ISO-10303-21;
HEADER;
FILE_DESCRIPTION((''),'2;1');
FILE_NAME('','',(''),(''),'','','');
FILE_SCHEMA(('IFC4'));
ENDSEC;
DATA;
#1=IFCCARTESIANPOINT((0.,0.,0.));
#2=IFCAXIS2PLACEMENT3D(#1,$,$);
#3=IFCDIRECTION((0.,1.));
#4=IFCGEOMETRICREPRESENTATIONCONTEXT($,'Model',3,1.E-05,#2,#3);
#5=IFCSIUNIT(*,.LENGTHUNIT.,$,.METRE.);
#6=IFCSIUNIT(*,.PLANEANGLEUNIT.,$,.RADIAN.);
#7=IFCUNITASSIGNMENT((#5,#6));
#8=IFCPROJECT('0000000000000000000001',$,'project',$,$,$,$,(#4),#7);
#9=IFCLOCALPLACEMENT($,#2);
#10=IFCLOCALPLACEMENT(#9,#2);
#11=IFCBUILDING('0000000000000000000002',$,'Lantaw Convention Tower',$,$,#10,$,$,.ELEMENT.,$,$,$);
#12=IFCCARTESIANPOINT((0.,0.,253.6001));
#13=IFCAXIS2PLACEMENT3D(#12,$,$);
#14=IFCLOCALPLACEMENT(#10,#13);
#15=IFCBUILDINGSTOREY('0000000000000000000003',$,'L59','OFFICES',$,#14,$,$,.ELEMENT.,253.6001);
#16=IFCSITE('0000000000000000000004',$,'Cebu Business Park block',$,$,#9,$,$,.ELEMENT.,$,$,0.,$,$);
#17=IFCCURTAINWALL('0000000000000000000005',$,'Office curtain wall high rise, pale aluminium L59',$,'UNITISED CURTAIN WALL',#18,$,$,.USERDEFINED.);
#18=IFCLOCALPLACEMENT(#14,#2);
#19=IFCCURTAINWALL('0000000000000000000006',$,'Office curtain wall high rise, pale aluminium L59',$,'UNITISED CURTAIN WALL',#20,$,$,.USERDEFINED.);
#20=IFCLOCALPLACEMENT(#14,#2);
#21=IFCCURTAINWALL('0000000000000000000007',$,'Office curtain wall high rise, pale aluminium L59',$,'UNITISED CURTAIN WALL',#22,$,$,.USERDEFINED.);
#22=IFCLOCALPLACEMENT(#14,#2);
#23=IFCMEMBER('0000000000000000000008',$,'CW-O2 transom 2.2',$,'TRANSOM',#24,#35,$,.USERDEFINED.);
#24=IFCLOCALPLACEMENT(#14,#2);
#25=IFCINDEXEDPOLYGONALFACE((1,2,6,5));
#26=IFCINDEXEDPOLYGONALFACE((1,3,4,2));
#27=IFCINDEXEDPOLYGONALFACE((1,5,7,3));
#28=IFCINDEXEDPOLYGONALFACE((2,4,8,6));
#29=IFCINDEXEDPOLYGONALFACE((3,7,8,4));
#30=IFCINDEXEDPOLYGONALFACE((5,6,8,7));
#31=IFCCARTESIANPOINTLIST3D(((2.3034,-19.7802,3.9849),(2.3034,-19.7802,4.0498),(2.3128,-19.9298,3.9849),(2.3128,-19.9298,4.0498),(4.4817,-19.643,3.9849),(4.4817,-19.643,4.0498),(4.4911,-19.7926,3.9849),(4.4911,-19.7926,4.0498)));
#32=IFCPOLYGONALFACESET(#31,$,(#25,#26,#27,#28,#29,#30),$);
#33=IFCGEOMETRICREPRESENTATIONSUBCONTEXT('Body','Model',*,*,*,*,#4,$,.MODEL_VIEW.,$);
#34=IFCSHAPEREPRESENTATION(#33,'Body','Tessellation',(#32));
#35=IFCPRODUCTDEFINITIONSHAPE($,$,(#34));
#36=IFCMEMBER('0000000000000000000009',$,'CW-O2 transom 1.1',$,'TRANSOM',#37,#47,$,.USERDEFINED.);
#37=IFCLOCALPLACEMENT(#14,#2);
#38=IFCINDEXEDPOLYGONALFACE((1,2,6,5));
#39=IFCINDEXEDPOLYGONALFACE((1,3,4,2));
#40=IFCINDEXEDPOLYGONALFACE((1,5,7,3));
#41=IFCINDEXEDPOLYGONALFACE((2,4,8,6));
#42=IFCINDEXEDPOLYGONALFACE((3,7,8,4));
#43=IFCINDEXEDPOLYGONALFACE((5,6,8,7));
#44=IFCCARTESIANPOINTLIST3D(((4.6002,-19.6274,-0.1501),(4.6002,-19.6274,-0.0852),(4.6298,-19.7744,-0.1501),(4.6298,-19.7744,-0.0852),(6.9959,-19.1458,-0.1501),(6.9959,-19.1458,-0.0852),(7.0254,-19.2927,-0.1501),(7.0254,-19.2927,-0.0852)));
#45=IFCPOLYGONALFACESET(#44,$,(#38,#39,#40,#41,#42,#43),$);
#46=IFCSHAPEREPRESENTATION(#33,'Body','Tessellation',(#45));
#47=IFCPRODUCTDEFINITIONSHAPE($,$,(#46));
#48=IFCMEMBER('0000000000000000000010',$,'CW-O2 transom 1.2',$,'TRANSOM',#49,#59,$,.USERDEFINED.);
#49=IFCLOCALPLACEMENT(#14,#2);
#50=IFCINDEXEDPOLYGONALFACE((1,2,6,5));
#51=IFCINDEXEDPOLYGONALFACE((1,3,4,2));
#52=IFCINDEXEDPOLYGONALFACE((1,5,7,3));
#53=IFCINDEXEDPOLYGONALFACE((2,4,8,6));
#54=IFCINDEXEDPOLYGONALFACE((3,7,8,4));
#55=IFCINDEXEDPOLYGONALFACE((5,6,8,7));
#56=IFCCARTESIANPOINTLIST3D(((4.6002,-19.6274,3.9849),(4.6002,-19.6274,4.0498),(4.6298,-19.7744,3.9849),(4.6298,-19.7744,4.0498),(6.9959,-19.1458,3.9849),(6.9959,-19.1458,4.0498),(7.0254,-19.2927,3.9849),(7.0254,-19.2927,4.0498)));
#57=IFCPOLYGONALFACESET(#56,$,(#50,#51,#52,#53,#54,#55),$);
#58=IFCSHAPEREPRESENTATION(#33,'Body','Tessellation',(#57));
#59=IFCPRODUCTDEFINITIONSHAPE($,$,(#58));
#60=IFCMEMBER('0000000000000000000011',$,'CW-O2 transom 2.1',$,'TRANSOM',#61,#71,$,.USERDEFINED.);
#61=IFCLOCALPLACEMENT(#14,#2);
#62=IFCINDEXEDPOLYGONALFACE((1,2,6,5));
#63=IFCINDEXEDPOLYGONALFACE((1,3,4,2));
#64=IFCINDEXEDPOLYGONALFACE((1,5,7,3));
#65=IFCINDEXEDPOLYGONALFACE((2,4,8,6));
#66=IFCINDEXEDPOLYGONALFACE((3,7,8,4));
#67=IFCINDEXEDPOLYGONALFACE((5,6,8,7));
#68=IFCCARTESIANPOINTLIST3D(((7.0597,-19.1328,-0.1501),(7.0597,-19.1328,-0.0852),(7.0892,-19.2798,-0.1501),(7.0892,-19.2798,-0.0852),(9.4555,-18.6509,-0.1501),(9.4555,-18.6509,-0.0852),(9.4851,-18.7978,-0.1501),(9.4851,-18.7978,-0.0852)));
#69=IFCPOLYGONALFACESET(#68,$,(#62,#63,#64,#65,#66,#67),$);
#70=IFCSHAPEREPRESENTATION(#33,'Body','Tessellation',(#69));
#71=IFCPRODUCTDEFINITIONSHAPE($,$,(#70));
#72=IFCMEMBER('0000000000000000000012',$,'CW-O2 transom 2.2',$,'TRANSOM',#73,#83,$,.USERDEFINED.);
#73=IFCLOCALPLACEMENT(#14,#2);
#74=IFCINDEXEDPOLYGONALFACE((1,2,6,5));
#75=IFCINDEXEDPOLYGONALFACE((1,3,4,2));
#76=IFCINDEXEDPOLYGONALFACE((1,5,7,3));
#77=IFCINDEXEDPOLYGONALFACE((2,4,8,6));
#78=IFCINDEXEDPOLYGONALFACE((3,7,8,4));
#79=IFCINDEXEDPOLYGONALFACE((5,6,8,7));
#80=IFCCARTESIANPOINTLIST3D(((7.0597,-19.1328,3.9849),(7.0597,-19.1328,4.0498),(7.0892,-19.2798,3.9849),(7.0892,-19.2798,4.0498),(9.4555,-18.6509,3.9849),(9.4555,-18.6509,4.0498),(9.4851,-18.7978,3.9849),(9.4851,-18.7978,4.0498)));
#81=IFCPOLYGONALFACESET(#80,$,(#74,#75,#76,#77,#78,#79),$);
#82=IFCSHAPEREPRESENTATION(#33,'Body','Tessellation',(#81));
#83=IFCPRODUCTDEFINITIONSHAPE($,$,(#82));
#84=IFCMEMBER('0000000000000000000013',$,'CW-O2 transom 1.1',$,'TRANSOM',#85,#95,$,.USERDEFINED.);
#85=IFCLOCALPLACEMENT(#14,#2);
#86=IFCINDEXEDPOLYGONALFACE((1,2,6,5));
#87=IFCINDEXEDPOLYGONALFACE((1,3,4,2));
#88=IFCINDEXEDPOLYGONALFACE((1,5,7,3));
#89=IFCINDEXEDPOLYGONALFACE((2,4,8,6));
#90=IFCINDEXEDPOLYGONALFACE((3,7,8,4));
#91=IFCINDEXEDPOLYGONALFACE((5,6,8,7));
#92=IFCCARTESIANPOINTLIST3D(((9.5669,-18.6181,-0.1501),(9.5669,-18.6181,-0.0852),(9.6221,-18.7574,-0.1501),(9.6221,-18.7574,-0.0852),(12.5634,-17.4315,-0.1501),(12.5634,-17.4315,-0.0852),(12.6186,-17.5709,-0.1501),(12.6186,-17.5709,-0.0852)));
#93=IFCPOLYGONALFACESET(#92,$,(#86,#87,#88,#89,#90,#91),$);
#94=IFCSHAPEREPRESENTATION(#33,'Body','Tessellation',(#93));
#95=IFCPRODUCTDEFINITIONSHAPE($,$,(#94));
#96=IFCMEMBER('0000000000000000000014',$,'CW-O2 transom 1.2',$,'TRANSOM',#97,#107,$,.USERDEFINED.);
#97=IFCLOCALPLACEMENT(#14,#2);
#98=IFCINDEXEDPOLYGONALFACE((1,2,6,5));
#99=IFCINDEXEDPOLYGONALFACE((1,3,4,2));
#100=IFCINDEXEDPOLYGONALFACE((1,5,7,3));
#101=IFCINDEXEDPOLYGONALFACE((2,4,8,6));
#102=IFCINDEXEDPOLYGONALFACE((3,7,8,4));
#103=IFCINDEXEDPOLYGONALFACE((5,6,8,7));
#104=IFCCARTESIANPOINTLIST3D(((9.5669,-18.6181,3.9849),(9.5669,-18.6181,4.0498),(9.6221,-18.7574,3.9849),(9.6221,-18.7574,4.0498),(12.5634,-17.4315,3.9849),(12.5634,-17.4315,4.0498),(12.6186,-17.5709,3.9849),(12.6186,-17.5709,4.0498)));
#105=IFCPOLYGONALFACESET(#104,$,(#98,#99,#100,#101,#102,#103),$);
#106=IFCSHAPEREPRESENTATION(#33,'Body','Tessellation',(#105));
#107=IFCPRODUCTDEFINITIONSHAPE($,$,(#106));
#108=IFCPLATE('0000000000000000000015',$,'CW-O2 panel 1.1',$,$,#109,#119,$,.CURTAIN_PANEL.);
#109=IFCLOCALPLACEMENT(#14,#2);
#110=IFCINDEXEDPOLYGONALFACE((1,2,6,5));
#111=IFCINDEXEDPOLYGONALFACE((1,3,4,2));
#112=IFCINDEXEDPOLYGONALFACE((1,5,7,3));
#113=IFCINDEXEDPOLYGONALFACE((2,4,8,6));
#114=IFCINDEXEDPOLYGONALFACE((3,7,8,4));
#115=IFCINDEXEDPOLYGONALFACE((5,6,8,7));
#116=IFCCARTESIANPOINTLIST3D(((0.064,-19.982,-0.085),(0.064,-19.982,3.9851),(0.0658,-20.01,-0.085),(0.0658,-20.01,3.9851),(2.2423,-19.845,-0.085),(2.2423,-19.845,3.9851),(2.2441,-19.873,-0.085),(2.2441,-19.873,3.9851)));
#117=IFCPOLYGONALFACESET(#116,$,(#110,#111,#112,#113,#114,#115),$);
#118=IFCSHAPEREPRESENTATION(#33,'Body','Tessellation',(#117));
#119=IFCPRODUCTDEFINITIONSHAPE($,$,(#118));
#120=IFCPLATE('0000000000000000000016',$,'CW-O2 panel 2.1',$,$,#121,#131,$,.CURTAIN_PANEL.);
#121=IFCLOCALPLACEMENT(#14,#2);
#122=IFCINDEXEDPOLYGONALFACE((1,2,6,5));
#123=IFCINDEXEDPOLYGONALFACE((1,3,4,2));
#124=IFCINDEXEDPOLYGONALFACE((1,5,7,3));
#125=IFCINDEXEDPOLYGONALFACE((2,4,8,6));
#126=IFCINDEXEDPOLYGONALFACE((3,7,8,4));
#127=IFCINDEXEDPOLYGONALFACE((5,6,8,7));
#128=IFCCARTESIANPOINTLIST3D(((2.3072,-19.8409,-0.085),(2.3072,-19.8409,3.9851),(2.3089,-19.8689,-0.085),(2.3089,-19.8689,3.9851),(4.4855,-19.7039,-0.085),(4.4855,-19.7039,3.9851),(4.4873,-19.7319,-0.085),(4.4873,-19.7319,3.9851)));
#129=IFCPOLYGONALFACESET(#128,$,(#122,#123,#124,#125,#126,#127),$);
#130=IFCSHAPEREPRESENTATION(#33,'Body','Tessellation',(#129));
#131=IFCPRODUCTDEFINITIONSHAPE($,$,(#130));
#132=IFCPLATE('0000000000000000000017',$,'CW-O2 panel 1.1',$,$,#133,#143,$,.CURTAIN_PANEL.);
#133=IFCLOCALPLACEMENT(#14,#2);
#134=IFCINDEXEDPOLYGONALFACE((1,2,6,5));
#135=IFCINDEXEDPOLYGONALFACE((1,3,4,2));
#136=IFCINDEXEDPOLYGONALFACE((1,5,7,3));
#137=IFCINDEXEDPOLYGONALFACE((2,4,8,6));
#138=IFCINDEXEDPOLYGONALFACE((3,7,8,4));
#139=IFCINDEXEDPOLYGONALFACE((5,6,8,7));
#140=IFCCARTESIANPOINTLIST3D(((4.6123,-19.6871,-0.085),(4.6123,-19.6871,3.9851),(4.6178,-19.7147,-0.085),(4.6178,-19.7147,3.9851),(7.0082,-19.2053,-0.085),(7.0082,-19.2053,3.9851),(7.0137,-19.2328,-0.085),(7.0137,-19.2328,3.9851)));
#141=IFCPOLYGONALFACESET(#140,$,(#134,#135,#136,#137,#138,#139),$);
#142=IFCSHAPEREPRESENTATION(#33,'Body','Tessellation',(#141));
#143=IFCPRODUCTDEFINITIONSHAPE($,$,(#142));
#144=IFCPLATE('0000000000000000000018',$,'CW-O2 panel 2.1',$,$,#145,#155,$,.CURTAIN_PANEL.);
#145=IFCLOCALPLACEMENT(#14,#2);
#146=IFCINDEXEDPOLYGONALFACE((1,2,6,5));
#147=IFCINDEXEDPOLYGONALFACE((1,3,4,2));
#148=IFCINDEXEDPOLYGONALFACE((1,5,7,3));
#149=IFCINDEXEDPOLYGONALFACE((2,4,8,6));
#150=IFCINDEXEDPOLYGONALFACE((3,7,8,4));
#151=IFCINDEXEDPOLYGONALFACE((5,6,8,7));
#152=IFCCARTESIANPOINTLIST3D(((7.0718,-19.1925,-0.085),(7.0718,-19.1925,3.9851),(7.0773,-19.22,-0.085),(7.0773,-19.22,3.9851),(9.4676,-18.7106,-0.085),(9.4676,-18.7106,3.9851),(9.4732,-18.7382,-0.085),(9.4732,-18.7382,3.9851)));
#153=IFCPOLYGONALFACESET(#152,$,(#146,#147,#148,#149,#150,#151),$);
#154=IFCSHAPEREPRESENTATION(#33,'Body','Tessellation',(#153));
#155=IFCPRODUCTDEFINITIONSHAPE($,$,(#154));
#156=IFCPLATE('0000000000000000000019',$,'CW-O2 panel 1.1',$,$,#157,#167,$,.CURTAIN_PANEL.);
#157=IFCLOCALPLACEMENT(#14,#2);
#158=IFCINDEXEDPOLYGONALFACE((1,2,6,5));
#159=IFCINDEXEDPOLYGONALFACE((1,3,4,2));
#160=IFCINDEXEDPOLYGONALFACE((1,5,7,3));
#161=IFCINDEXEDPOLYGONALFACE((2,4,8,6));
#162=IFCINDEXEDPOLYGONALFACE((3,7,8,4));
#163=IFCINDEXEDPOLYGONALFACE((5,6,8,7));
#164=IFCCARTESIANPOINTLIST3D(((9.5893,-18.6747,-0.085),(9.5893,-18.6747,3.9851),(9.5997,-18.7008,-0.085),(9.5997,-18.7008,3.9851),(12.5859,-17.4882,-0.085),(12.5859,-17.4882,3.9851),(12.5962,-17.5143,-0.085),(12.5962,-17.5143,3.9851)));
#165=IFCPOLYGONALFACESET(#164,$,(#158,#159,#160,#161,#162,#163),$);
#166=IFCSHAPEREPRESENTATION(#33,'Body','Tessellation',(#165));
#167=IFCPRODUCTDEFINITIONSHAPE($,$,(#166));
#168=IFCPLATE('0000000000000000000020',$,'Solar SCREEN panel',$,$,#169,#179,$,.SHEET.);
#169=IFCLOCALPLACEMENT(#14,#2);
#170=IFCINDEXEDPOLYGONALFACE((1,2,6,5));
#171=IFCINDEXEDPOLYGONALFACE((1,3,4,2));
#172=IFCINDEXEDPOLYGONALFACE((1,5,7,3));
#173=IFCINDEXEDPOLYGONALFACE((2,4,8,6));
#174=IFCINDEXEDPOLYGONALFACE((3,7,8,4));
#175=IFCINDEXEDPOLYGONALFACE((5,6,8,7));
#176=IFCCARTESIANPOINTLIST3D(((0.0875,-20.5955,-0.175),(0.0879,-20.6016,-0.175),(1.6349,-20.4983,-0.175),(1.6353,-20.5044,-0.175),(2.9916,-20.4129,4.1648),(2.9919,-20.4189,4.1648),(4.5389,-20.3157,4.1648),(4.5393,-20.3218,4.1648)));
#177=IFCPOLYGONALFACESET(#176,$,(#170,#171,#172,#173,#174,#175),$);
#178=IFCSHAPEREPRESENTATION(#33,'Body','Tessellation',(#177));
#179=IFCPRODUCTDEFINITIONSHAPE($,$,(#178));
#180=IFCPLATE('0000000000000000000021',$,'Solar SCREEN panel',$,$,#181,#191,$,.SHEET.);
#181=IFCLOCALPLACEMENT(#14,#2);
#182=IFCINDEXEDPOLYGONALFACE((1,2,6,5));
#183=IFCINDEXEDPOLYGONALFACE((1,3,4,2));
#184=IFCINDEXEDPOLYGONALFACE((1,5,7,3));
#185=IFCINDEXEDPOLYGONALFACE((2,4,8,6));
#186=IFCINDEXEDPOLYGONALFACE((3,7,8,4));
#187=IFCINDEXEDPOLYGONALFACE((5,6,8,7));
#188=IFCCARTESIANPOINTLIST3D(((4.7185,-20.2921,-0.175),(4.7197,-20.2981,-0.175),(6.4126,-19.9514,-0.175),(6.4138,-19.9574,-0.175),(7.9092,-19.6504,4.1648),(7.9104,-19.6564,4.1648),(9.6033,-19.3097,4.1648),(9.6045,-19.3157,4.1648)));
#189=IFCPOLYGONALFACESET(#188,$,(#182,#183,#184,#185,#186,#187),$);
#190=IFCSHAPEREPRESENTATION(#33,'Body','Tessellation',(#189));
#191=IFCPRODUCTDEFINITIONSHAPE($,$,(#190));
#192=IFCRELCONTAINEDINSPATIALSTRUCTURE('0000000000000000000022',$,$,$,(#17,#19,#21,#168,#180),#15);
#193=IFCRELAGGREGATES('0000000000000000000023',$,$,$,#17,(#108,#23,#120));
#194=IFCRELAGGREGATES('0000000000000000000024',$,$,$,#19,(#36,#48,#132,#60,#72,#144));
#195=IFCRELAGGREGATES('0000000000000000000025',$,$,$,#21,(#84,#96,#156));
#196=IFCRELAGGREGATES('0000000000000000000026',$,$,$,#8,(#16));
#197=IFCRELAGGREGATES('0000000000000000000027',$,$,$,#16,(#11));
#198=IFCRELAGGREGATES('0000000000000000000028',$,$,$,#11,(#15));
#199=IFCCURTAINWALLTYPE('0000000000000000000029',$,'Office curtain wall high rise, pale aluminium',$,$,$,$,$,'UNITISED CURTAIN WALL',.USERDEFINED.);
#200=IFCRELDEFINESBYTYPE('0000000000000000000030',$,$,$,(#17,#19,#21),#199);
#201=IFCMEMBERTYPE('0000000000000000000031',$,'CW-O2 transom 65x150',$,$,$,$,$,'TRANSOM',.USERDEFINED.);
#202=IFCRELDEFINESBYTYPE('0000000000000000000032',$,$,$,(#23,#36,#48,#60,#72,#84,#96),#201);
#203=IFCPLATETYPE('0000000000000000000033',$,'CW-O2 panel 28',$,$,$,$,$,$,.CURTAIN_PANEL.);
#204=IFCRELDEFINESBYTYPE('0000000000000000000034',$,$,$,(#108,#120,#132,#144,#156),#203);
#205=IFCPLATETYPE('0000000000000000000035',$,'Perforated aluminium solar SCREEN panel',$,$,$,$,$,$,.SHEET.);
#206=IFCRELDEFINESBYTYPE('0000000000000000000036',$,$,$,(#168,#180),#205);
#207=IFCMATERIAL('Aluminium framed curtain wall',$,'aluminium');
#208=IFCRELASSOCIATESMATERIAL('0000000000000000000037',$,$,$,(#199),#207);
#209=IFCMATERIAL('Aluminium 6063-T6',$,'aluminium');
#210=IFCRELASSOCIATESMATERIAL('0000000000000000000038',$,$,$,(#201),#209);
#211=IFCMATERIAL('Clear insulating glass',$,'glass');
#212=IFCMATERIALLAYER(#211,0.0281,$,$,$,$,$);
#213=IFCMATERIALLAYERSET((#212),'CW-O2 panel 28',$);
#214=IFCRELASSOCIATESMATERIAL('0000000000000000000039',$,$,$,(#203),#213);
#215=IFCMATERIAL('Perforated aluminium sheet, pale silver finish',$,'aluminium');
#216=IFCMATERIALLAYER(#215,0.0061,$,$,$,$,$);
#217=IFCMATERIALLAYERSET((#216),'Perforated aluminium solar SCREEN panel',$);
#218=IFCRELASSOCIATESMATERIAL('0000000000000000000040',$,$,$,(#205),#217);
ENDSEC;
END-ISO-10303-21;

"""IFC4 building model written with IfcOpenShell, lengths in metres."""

from ifc_helpers import new_model, si_unit, direction, frame, origin, origin_2d, place, context, subcontext, project, spatial, polyline, rectangle, outline, extrude, material, layer, layer_set, material_profile, profile_set, type_object, element, aggregate, save


model = new_model("IFC4")

# Units and contexts
model_context = context("Model", 3, precision=1e-05, world=origin(), true_north=direction((0.0, 1.0)))
body_context = subcontext(model_context, "Body", "Model", "MODEL_VIEW")
ifc_project = project(units=[si_unit("LENGTHUNIT", "METRE"), si_unit("PLANEANGLEUNIT", "RADIAN")], contexts=[model_context])

# Site, building, storey
site_placement = place(None, origin())
site = spatial("IfcSite", under=ifc_project, at=site_placement, Name="Cebu Business Park block", CompositionType="ELEMENT", RefElevation=0.0)
building_placement = place(site_placement, origin())
building = spatial("IfcBuilding", under=site, at=building_placement, Name="Lantaw Convention Tower", CompositionType="ELEMENT")
storey_placement = place(building_placement, frame((0.0, 0.0, 253.6001)))
storey = spatial("IfcBuildingStorey", under=building, at=storey_placement, Name="L59", Description="OFFICES", CompositionType="ELEMENT", Elevation=253.6001)

# Curtain walls
ifc_material_1 = material(Name="Aluminium framed curtain wall", Category="aluminium")
curtain_wall_type = type_object("IfcCurtainWallType", Name="Office curtain wall high rise, pale aluminium", ElementType="UNITISED CURTAIN WALL", PredefinedType="USERDEFINED", material=ifc_material_1)
curtain_wall_1_placement = place(storey_placement, origin())
curtain_wall_1 = element("IfcCurtainWall", 1, at=curtain_wall_1_placement, inside=storey, type_object=curtain_wall_type, Name="Office curtain wall high rise, pale aluminium L59", ObjectType="UNITISED CURTAIN WALL", PredefinedType="USERDEFINED")
ifc_material_2 = material(Name="Aluminium 6063-T6", Category="aluminium")
curtain_wall_2_placement = place(storey_placement, origin())
curtain_wall_2 = element("IfcCurtainWall", 2, at=curtain_wall_2_placement, inside=storey, type_object=curtain_wall_type, Name="Office curtain wall high rise, pale aluminium L59", ObjectType="UNITISED CURTAIN WALL", PredefinedType="USERDEFINED")
curtain_wall_3_placement = place(storey_placement, origin())
curtain_wall_3 = element("IfcCurtainWall", 3, at=curtain_wall_3_placement, inside=storey, type_object=curtain_wall_type, Name="Office curtain wall high rise, pale aluminium L59", ObjectType="UNITISED CURTAIN WALL", PredefinedType="USERDEFINED")

# Members
ifc_material_profile_1 = material_profile(ifc_material_2, rectangle(XDim=0.1499, YDim=0.0649, at=origin_2d()), Name="CW-O2 transom 65x150")
ifc_profile_set_1 = profile_set([ifc_material_profile_1], Name="Aluminium 6063-T6")
member_type_1 = type_object("IfcMemberType", Name="CW-O2 transom 65x150", ElementType="TRANSOM", PredefinedType="USERDEFINED", material=ifc_profile_set_1)
member_1_placement = place(storey_placement, frame((2.3081, -19.855, 4.0173), z_axis=(0.998022, 0.062866, 0.0), x_axis=(-0.062866, 0.998022, 0.0)))
member_1 = element("IfcMember", 4, at=member_1_placement, type_object=member_type_1, Name="CW-O2 transom 2.2", ObjectType="TRANSOM", PredefinedType="USERDEFINED", context=body_context, shape_type="SweptSolid", body=[
    extrude(rectangle(XDim=0.1499, YDim=0.0649, at=origin_2d()), origin(), (0.0, 0.0, 1.0), 2.1826),
])
member_2_placement = place(storey_placement, frame((4.615, -19.7009, -0.1177), z_axis=(0.98038, 0.197115, 0.0), x_axis=(-0.197115, 0.98038, 0.0)))
member_2 = element("IfcMember", 5, at=member_2_placement, type_object=member_type_1, Name="CW-O2 transom 1.1", ObjectType="TRANSOM", PredefinedType="USERDEFINED", context=body_context, shape_type="SweptSolid", body=[
    extrude(rectangle(XDim=0.1499, YDim=0.0649, at=origin_2d()), origin(), (0.0, 0.0, 1.0), 2.4436),
])
member_3_placement = place(storey_placement, frame((4.615, -19.7009, 4.0173), z_axis=(0.98038, 0.197115, 0.0), x_axis=(-0.197115, 0.98038, 0.0)))
member_3 = element("IfcMember", 6, at=member_3_placement, type_object=member_type_1, Name="CW-O2 transom 1.2", ObjectType="TRANSOM", PredefinedType="USERDEFINED", context=body_context, shape_type="SweptSolid", body=[
    extrude(rectangle(XDim=0.1499, YDim=0.0649, at=origin_2d()), origin(), (0.0, 0.0, 1.0), 2.4436),
])
member_4_placement = place(storey_placement, frame((7.0745, -19.2063, -0.1177), z_axis=(0.980361, 0.197211, 0.0), x_axis=(-0.197211, 0.980361, 0.0)))
member_4 = element("IfcMember", 7, at=member_4_placement, type_object=member_type_1, Name="CW-O2 transom 2.1", ObjectType="TRANSOM", PredefinedType="USERDEFINED", context=body_context, shape_type="SweptSolid", body=[
    extrude(rectangle(XDim=0.1499, YDim=0.0649, at=origin_2d()), origin(), (0.0, 0.0, 1.0), 2.4438),
])
member_5_placement = place(storey_placement, frame((7.0745, -19.2063, 4.0173), z_axis=(0.980361, 0.197211, 0.0), x_axis=(-0.197211, 0.980361, 0.0)))
member_5 = element("IfcMember", 8, at=member_5_placement, type_object=member_type_1, Name="CW-O2 transom 2.2", ObjectType="TRANSOM", PredefinedType="USERDEFINED", context=body_context, shape_type="SweptSolid", body=[
    extrude(rectangle(XDim=0.1499, YDim=0.0649, at=origin_2d()), origin(), (0.0, 0.0, 1.0), 2.4438),
])
member_6_placement = place(storey_placement, frame((9.5945, -18.6877, -0.1177), z_axis=(0.929767, 0.368149, 0.0), x_axis=(-0.368149, 0.929767, 0.0)))
member_6 = element("IfcMember", 9, at=member_6_placement, type_object=member_type_1, Name="CW-O2 transom 1.1", ObjectType="TRANSOM", PredefinedType="USERDEFINED", context=body_context, shape_type="SweptSolid", body=[
    extrude(rectangle(XDim=0.1499, YDim=0.0649, at=origin_2d()), origin(), (0.0, 0.0, 1.0), 3.2229),
])
member_7_placement = place(storey_placement, frame((9.5945, -18.6877, 4.0173), z_axis=(0.929767, 0.368149, 0.0), x_axis=(-0.368149, 0.929767, 0.0)))
member_7 = element("IfcMember", 10, at=member_7_placement, type_object=member_type_1, Name="CW-O2 transom 1.2", ObjectType="TRANSOM", PredefinedType="USERDEFINED", context=body_context, shape_type="SweptSolid", body=[
    extrude(rectangle(XDim=0.1499, YDim=0.0649, at=origin_2d()), origin(), (0.0, 0.0, 1.0), 3.2229),
])

# Plates
ifc_material_3 = material(Name="Clear insulating glass", Category="glass")
ifc_layer_1 = layer(ifc_material_3, 0.0281)
ifc_layer_set_1 = layer_set([ifc_layer_1], Name="CW-O2 panel 28")
plate_type_1 = type_object("IfcPlateType", Name="CW-O2 panel 28", PredefinedType="CURTAIN_PANEL", material=ifc_layer_set_1)
plate_1_placement = place(storey_placement, frame((1.1541, -19.9275, -0.085), z_axis=(0.0, 0.0, 1.0), x_axis=(0.998029, 0.062758, 0.0)))
plate_1 = element("IfcPlate", 11, at=plate_1_placement, type_object=plate_type_1, Name="CW-O2 panel 1.1", PredefinedType="CURTAIN_PANEL", context=body_context, shape_type="SweptSolid", body=[
    extrude(rectangle(XDim=2.1826, YDim=0.0281, at=origin_2d()), origin(), (0.0, 0.0, 1.0), 4.0701),
])
plate_2_placement = place(storey_placement, frame((3.3972, -19.7864, -0.085), z_axis=(0.0, 0.0, 1.0), x_axis=(0.998029, 0.062758, 0.0)))
plate_2 = element("IfcPlate", 12, at=plate_2_placement, type_object=plate_type_1, Name="CW-O2 panel 2.1", PredefinedType="CURTAIN_PANEL", context=body_context, shape_type="SweptSolid", body=[
    extrude(rectangle(XDim=2.1826, YDim=0.0281, at=origin_2d()), origin(), (0.0, 0.0, 1.0), 4.0701),
])
aggregate(curtain_wall_1, [plate_1, member_1, plate_2])
plate_3_placement = place(storey_placement, frame((5.813, -19.46, -0.085), z_axis=(0.0, 0.0, 1.0), x_axis=(0.980367, 0.197183, 0.0)))
plate_3 = element("IfcPlate", 13, at=plate_3_placement, type_object=plate_type_1, Name="CW-O2 panel 1.1", PredefinedType="CURTAIN_PANEL", context=body_context, shape_type="SweptSolid", body=[
    extrude(rectangle(XDim=2.4438, YDim=0.0281, at=origin_2d()), origin(), (0.0, 0.0, 1.0), 4.0701),
])
plate_4_placement = place(storey_placement, frame((8.2725, -18.9653, -0.085), z_axis=(0.0, 0.0, 1.0), x_axis=(0.980367, 0.197183, 0.0)))
plate_4 = element("IfcPlate", 14, at=plate_4_placement, type_object=plate_type_1, Name="CW-O2 panel 2.1", PredefinedType="CURTAIN_PANEL", context=body_context, shape_type="SweptSolid", body=[
    extrude(rectangle(XDim=2.4438, YDim=0.0281, at=origin_2d()), origin(), (0.0, 0.0, 1.0), 4.0701),
])
aggregate(curtain_wall_2, [member_2, member_3, plate_3, member_4, member_5, plate_4])
plate_5_placement = place(storey_placement, frame((11.0928, -18.0945, -0.085), z_axis=(0.0, 0.0, 1.0), x_axis=(0.929762, 0.368162, 0.0)))
plate_5 = element("IfcPlate", 15, at=plate_5_placement, type_object=plate_type_1, Name="CW-O2 panel 1.1", PredefinedType="CURTAIN_PANEL", context=body_context, shape_type="SweptSolid", body=[
    extrude(rectangle(XDim=3.2229, YDim=0.0281, at=origin_2d()), origin(), (0.0, 0.0, 1.0), 4.0701),
])
aggregate(curtain_wall_3, [member_6, member_7, plate_5])

# Plates
ifc_material_4 = material(Name="Perforated aluminium sheet, pale silver finish", Category="aluminium")
ifc_layer_2 = layer(ifc_material_4, 0.0061)
ifc_layer_set_2 = layer_set([ifc_layer_2], Name="Perforated aluminium solar SCREEN panel")
plate_type_2 = type_object("IfcPlateType", Name="Perforated aluminium solar SCREEN panel", PredefinedType="SHEET", material=ifc_layer_set_2)
plate_6_placement = place(storey_placement, frame((0.0879, -20.6016, -0.175), z_axis=(0.062672, -0.998034, 0.000059), x_axis=(0.998034, 0.062672, 0.0)))
element("IfcPlate", 16, at=plate_6_placement, inside=storey, type_object=plate_type_2, Name="Solar SCREEN panel", PredefinedType="SHEET", context=body_context, shape_type="SweptSolid", body=[
    extrude(outline(polyline([(0.0, 0.0), (1.5504, 0.0), (4.4602, 4.3398), (2.9098, 4.3398), (0.0, 0.0)])), origin(), (0.0, 0.0, -1.0), 0.0061),
])
plate_7_placement = place(storey_placement, frame((4.7197, -20.2981, -0.175), z_axis=(0.197162, -0.980371, 0.000011), x_axis=(0.980371, 0.197162, 0.0)))
element("IfcPlate", 17, at=plate_7_placement, inside=storey, type_object=plate_type_2, Name="Solar SCREEN panel", PredefinedType="SHEET", context=body_context, shape_type="SweptSolid", body=[
    extrude(outline(polyline([(0.0, 0.0), (1.728, 0.0), (4.9826, 4.3398), (3.2546, 4.3398), (0.0, 0.0)])), origin(), (0.0, 0.0, -1.0), 0.0061),
])

save(model, "model.ifc")
